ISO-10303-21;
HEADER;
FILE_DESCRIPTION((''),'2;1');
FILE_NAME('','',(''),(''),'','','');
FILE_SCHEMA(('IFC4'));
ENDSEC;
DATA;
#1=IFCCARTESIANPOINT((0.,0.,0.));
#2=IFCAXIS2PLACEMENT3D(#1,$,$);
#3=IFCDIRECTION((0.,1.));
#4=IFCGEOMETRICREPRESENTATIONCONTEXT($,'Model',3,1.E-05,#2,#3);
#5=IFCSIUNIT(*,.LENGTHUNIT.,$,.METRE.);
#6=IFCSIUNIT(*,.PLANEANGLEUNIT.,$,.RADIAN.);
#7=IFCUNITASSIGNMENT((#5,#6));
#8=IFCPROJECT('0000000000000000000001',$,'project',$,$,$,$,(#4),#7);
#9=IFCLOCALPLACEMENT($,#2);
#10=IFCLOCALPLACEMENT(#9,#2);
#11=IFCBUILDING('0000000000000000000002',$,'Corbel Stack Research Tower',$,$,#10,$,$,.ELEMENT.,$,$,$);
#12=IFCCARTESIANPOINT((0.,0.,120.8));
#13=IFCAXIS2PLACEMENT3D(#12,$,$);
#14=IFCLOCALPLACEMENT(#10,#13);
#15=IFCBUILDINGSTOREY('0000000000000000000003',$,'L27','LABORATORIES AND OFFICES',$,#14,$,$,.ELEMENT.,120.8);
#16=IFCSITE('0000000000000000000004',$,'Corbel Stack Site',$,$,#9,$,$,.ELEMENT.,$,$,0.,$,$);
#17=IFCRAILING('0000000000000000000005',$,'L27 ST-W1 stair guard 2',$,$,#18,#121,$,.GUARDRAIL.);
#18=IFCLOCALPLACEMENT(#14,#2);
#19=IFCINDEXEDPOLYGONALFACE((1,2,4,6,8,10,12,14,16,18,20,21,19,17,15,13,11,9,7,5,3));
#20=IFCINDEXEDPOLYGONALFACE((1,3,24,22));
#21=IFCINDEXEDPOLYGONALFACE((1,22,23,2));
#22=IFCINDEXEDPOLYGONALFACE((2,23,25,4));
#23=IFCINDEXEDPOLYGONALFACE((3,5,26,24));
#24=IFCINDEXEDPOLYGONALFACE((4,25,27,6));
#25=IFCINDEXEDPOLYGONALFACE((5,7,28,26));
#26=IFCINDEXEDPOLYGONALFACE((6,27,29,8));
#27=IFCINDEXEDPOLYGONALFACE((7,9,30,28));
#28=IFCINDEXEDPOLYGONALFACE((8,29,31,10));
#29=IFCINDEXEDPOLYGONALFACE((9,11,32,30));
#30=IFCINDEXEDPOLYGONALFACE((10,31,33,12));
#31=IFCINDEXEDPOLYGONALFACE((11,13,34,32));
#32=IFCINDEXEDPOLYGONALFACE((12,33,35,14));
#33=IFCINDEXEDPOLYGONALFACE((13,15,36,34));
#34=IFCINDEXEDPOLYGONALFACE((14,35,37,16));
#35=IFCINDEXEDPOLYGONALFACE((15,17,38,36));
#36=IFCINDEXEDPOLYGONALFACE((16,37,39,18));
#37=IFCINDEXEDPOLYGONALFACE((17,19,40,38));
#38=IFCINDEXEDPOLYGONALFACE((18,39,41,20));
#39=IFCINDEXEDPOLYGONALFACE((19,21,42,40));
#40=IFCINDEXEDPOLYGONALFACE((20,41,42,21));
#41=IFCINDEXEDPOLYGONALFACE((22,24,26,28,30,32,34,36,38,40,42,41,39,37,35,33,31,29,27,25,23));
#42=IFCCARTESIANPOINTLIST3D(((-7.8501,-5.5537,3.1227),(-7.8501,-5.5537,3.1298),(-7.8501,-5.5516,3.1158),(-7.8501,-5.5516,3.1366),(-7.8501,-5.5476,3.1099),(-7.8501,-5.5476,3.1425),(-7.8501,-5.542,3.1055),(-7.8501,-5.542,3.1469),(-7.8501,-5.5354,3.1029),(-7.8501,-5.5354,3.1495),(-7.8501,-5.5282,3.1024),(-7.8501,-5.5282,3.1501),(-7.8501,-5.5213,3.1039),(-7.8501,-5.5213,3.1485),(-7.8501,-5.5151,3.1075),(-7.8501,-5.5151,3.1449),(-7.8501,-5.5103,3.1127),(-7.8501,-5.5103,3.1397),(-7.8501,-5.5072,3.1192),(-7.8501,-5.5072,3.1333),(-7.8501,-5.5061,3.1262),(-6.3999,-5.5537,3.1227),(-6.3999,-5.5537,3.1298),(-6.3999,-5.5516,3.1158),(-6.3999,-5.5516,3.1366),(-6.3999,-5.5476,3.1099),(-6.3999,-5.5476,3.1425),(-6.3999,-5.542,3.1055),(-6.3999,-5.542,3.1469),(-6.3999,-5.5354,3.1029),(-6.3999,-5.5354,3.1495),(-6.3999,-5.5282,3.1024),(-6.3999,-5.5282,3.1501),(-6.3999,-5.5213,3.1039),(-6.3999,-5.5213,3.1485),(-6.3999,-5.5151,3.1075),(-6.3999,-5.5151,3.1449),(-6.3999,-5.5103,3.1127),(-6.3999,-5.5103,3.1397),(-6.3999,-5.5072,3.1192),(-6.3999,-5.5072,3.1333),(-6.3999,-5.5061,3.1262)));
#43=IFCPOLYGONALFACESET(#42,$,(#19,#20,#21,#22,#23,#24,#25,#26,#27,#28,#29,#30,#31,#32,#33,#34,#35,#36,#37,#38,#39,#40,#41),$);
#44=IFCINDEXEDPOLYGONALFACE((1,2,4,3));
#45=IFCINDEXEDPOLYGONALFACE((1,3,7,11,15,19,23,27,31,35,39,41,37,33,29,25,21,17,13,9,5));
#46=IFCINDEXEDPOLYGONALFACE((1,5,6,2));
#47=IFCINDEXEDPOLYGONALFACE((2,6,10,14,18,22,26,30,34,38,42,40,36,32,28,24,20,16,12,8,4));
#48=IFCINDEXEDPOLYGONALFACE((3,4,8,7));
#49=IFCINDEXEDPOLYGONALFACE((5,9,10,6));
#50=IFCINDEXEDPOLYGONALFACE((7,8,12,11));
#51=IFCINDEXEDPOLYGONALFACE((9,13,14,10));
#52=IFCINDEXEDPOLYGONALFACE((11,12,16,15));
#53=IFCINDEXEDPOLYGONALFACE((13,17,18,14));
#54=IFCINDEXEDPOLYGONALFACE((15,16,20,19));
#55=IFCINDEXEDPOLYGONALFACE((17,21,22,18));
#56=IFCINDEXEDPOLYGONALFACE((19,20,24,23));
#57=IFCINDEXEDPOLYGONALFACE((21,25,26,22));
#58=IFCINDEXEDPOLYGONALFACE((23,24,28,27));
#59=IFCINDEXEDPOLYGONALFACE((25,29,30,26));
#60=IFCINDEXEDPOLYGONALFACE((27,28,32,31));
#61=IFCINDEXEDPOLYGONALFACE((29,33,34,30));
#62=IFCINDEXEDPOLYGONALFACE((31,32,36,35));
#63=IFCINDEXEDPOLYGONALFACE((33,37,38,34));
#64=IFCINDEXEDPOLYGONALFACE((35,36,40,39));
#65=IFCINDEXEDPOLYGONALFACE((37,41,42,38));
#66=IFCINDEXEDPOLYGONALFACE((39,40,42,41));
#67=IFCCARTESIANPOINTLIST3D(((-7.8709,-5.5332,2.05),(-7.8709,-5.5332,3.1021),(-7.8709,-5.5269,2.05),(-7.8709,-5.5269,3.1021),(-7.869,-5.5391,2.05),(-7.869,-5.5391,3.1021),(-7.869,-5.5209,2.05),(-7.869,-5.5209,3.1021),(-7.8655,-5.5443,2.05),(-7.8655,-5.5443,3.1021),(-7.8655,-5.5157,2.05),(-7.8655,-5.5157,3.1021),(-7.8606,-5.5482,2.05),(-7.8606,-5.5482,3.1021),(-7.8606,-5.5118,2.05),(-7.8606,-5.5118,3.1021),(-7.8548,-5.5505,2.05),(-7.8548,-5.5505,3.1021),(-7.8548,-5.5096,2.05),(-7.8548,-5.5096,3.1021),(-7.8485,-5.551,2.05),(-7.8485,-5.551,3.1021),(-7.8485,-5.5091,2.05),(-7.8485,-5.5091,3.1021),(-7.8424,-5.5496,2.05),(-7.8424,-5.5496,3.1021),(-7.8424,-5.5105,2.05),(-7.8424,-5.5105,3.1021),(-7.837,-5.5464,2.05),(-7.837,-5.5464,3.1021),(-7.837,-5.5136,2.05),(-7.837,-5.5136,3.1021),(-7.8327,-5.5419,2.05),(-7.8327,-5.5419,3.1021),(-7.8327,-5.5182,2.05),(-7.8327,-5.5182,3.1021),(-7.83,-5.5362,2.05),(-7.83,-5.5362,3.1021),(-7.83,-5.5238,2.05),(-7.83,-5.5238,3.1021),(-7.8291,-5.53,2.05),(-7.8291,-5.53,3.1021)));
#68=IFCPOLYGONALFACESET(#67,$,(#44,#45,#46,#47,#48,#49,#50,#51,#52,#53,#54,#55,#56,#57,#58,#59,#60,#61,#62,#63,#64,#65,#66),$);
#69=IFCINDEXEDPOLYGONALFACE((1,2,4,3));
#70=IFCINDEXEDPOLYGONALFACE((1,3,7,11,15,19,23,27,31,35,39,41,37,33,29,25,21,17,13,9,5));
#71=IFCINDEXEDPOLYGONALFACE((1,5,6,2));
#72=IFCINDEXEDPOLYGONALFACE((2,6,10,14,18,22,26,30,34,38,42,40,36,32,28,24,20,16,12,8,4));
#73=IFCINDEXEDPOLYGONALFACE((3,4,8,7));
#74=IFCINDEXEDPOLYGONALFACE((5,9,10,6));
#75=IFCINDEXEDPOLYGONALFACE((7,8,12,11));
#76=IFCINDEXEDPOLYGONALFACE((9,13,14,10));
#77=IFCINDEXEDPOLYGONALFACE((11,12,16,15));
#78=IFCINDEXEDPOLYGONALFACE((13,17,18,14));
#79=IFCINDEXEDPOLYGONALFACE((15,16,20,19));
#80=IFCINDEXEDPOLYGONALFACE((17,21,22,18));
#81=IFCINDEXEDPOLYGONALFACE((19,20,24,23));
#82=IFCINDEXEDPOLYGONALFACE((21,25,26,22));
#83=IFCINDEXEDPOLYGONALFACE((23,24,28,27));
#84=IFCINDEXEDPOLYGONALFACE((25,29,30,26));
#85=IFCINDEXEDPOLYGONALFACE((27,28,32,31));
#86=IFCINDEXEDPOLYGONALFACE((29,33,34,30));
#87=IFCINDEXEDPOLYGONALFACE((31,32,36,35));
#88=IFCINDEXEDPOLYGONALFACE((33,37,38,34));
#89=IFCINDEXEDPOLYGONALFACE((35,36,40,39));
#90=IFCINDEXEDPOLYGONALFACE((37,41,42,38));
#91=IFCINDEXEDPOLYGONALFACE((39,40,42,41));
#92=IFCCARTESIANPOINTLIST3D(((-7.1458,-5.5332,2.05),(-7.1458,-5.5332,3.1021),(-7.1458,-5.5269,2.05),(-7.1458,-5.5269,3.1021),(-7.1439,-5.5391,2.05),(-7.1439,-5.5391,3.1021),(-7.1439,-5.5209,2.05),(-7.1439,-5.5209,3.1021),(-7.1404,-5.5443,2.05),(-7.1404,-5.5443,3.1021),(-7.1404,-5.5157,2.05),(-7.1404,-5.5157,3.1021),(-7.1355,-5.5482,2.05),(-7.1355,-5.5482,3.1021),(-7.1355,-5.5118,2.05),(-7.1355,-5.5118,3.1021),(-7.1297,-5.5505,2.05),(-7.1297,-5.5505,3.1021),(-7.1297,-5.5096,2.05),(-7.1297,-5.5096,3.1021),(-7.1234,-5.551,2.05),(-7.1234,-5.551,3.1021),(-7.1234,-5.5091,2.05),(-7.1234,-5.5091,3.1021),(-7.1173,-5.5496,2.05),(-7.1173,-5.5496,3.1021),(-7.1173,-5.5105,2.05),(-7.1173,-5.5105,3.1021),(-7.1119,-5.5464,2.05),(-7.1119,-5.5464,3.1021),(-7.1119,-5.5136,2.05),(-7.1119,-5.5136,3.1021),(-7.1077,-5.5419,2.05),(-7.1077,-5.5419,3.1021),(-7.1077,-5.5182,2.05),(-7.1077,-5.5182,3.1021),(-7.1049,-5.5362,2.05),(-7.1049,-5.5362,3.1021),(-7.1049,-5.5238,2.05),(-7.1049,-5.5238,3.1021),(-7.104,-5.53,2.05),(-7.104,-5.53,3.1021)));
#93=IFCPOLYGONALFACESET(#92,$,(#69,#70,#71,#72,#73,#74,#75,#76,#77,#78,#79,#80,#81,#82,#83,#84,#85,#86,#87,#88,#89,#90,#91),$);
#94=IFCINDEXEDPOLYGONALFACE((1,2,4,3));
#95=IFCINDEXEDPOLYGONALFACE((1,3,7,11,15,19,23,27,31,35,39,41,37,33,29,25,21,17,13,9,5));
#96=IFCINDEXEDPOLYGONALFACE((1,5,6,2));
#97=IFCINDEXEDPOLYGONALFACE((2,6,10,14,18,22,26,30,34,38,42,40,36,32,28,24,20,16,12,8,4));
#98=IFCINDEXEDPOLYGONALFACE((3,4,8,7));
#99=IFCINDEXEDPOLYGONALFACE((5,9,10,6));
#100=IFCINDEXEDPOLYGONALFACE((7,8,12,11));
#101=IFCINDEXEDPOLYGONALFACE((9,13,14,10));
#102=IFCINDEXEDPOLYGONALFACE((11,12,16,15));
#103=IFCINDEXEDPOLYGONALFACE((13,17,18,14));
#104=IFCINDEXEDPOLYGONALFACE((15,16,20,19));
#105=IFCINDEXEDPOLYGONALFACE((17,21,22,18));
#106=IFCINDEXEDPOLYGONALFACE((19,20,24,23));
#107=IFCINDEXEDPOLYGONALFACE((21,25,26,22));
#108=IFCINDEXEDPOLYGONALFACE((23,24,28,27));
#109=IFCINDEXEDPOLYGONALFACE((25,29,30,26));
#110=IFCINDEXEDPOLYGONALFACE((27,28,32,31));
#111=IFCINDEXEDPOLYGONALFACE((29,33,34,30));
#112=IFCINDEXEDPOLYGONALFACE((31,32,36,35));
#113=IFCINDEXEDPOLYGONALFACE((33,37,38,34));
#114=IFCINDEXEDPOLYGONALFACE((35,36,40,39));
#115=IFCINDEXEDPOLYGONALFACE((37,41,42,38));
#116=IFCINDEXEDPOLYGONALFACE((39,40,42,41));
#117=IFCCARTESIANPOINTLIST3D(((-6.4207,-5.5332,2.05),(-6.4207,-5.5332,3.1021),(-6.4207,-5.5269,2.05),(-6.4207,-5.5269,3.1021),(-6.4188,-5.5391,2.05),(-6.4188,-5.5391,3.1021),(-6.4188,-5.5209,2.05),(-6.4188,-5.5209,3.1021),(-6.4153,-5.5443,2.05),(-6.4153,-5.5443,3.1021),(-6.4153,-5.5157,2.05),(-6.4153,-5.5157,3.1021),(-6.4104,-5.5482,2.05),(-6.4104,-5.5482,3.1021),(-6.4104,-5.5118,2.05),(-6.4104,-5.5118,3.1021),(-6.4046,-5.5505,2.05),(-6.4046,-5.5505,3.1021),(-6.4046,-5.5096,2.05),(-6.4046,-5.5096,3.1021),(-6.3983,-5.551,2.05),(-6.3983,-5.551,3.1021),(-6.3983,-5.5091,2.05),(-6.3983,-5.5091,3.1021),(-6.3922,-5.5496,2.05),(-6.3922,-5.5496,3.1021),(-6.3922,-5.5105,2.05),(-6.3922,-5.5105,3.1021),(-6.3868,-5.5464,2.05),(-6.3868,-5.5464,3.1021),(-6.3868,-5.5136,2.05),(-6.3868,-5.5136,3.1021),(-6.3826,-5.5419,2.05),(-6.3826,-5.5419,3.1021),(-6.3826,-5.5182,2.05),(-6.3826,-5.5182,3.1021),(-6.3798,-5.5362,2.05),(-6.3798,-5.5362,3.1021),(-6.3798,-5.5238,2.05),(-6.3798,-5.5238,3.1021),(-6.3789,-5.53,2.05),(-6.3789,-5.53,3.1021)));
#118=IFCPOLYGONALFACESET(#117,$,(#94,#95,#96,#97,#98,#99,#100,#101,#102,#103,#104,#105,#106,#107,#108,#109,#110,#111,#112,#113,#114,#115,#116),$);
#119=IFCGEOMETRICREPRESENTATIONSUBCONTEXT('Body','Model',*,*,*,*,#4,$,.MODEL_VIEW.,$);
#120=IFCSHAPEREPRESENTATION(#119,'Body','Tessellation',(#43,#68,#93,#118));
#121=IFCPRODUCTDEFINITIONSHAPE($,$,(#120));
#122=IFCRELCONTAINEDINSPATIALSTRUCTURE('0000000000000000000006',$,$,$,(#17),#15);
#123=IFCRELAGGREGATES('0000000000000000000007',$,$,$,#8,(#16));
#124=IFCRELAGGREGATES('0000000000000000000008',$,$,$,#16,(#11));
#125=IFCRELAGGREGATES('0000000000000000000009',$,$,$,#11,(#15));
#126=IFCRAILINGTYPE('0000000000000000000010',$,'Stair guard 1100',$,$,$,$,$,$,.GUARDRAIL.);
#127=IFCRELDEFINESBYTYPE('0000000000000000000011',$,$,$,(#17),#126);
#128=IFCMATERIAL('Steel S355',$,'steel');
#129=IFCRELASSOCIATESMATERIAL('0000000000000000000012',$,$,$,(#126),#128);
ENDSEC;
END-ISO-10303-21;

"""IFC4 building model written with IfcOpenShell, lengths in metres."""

from ifc_helpers import new_model, si_unit, direction, frame, origin, origin_2d, place, context, subcontext, project, spatial, circle, extrude, material, type_object, element, save


model = new_model("IFC4")

# Units and contexts
model_context = context("Model", 3, precision=1e-05, world=origin(), true_north=direction((0.0, 1.0)))
body_context = subcontext(model_context, "Body", "Model", "MODEL_VIEW")
ifc_project = project(units=[si_unit("LENGTHUNIT", "METRE"), si_unit("PLANEANGLEUNIT", "RADIAN")], contexts=[model_context])

# Site, building, storey
site_placement = place(None, origin())
site = spatial("IfcSite", under=ifc_project, at=site_placement, Name="Corbel Stack Site", CompositionType="ELEMENT", RefElevation=0.0)
building_placement = place(site_placement, origin())
building = spatial("IfcBuilding", under=site, at=building_placement, Name="Corbel Stack Research Tower", CompositionType="ELEMENT")
storey_placement = place(building_placement, frame((0.0, 0.0, 120.8)))
storey = spatial("IfcBuildingStorey", under=building, at=storey_placement, Name="L27", Description="LABORATORIES AND OFFICES", CompositionType="ELEMENT", Elevation=120.8)

# Railing
ifc_material_1 = material(Name="Steel S355", Category="steel")
railing_type_1 = type_object("IfcRailingType", Name="Stair guard 1100", PredefinedType="GUARDRAIL", material=ifc_material_1)
railing_1_placement = place(storey_placement, frame((-7.8501, -5.53, 2.05)))
element("IfcRailing", 1, at=railing_1_placement, inside=storey, type_object=railing_type_1, Name="L27 ST-W1 stair guard 2", PredefinedType="GUARDRAIL", context=body_context, shape_type="SweptSolid", body=[
    extrude(circle(Radius=0.0239, at=origin_2d()), frame((0.0, 0.0, 1.0762), z_axis=(1.0, 0.0, 0.0), x_axis=(0.0, 1.0, 0.0)), (0.0, 0.0, 1.0), 1.4502),
    extrude(circle(Radius=0.021, at=origin_2d()), origin(), (0.0, 0.0, 1.0), 1.052),
    extrude(circle(Radius=0.021, at=origin_2d()), frame((0.7251, 0.0, 0.0)), (0.0, 0.0, 1.0), 1.052),
    extrude(circle(Radius=0.021, at=origin_2d()), frame((1.4502, 0.0, 0.0)), (0.0, 0.0, 1.0), 1.052),
])

save(model, "model.ifc")
